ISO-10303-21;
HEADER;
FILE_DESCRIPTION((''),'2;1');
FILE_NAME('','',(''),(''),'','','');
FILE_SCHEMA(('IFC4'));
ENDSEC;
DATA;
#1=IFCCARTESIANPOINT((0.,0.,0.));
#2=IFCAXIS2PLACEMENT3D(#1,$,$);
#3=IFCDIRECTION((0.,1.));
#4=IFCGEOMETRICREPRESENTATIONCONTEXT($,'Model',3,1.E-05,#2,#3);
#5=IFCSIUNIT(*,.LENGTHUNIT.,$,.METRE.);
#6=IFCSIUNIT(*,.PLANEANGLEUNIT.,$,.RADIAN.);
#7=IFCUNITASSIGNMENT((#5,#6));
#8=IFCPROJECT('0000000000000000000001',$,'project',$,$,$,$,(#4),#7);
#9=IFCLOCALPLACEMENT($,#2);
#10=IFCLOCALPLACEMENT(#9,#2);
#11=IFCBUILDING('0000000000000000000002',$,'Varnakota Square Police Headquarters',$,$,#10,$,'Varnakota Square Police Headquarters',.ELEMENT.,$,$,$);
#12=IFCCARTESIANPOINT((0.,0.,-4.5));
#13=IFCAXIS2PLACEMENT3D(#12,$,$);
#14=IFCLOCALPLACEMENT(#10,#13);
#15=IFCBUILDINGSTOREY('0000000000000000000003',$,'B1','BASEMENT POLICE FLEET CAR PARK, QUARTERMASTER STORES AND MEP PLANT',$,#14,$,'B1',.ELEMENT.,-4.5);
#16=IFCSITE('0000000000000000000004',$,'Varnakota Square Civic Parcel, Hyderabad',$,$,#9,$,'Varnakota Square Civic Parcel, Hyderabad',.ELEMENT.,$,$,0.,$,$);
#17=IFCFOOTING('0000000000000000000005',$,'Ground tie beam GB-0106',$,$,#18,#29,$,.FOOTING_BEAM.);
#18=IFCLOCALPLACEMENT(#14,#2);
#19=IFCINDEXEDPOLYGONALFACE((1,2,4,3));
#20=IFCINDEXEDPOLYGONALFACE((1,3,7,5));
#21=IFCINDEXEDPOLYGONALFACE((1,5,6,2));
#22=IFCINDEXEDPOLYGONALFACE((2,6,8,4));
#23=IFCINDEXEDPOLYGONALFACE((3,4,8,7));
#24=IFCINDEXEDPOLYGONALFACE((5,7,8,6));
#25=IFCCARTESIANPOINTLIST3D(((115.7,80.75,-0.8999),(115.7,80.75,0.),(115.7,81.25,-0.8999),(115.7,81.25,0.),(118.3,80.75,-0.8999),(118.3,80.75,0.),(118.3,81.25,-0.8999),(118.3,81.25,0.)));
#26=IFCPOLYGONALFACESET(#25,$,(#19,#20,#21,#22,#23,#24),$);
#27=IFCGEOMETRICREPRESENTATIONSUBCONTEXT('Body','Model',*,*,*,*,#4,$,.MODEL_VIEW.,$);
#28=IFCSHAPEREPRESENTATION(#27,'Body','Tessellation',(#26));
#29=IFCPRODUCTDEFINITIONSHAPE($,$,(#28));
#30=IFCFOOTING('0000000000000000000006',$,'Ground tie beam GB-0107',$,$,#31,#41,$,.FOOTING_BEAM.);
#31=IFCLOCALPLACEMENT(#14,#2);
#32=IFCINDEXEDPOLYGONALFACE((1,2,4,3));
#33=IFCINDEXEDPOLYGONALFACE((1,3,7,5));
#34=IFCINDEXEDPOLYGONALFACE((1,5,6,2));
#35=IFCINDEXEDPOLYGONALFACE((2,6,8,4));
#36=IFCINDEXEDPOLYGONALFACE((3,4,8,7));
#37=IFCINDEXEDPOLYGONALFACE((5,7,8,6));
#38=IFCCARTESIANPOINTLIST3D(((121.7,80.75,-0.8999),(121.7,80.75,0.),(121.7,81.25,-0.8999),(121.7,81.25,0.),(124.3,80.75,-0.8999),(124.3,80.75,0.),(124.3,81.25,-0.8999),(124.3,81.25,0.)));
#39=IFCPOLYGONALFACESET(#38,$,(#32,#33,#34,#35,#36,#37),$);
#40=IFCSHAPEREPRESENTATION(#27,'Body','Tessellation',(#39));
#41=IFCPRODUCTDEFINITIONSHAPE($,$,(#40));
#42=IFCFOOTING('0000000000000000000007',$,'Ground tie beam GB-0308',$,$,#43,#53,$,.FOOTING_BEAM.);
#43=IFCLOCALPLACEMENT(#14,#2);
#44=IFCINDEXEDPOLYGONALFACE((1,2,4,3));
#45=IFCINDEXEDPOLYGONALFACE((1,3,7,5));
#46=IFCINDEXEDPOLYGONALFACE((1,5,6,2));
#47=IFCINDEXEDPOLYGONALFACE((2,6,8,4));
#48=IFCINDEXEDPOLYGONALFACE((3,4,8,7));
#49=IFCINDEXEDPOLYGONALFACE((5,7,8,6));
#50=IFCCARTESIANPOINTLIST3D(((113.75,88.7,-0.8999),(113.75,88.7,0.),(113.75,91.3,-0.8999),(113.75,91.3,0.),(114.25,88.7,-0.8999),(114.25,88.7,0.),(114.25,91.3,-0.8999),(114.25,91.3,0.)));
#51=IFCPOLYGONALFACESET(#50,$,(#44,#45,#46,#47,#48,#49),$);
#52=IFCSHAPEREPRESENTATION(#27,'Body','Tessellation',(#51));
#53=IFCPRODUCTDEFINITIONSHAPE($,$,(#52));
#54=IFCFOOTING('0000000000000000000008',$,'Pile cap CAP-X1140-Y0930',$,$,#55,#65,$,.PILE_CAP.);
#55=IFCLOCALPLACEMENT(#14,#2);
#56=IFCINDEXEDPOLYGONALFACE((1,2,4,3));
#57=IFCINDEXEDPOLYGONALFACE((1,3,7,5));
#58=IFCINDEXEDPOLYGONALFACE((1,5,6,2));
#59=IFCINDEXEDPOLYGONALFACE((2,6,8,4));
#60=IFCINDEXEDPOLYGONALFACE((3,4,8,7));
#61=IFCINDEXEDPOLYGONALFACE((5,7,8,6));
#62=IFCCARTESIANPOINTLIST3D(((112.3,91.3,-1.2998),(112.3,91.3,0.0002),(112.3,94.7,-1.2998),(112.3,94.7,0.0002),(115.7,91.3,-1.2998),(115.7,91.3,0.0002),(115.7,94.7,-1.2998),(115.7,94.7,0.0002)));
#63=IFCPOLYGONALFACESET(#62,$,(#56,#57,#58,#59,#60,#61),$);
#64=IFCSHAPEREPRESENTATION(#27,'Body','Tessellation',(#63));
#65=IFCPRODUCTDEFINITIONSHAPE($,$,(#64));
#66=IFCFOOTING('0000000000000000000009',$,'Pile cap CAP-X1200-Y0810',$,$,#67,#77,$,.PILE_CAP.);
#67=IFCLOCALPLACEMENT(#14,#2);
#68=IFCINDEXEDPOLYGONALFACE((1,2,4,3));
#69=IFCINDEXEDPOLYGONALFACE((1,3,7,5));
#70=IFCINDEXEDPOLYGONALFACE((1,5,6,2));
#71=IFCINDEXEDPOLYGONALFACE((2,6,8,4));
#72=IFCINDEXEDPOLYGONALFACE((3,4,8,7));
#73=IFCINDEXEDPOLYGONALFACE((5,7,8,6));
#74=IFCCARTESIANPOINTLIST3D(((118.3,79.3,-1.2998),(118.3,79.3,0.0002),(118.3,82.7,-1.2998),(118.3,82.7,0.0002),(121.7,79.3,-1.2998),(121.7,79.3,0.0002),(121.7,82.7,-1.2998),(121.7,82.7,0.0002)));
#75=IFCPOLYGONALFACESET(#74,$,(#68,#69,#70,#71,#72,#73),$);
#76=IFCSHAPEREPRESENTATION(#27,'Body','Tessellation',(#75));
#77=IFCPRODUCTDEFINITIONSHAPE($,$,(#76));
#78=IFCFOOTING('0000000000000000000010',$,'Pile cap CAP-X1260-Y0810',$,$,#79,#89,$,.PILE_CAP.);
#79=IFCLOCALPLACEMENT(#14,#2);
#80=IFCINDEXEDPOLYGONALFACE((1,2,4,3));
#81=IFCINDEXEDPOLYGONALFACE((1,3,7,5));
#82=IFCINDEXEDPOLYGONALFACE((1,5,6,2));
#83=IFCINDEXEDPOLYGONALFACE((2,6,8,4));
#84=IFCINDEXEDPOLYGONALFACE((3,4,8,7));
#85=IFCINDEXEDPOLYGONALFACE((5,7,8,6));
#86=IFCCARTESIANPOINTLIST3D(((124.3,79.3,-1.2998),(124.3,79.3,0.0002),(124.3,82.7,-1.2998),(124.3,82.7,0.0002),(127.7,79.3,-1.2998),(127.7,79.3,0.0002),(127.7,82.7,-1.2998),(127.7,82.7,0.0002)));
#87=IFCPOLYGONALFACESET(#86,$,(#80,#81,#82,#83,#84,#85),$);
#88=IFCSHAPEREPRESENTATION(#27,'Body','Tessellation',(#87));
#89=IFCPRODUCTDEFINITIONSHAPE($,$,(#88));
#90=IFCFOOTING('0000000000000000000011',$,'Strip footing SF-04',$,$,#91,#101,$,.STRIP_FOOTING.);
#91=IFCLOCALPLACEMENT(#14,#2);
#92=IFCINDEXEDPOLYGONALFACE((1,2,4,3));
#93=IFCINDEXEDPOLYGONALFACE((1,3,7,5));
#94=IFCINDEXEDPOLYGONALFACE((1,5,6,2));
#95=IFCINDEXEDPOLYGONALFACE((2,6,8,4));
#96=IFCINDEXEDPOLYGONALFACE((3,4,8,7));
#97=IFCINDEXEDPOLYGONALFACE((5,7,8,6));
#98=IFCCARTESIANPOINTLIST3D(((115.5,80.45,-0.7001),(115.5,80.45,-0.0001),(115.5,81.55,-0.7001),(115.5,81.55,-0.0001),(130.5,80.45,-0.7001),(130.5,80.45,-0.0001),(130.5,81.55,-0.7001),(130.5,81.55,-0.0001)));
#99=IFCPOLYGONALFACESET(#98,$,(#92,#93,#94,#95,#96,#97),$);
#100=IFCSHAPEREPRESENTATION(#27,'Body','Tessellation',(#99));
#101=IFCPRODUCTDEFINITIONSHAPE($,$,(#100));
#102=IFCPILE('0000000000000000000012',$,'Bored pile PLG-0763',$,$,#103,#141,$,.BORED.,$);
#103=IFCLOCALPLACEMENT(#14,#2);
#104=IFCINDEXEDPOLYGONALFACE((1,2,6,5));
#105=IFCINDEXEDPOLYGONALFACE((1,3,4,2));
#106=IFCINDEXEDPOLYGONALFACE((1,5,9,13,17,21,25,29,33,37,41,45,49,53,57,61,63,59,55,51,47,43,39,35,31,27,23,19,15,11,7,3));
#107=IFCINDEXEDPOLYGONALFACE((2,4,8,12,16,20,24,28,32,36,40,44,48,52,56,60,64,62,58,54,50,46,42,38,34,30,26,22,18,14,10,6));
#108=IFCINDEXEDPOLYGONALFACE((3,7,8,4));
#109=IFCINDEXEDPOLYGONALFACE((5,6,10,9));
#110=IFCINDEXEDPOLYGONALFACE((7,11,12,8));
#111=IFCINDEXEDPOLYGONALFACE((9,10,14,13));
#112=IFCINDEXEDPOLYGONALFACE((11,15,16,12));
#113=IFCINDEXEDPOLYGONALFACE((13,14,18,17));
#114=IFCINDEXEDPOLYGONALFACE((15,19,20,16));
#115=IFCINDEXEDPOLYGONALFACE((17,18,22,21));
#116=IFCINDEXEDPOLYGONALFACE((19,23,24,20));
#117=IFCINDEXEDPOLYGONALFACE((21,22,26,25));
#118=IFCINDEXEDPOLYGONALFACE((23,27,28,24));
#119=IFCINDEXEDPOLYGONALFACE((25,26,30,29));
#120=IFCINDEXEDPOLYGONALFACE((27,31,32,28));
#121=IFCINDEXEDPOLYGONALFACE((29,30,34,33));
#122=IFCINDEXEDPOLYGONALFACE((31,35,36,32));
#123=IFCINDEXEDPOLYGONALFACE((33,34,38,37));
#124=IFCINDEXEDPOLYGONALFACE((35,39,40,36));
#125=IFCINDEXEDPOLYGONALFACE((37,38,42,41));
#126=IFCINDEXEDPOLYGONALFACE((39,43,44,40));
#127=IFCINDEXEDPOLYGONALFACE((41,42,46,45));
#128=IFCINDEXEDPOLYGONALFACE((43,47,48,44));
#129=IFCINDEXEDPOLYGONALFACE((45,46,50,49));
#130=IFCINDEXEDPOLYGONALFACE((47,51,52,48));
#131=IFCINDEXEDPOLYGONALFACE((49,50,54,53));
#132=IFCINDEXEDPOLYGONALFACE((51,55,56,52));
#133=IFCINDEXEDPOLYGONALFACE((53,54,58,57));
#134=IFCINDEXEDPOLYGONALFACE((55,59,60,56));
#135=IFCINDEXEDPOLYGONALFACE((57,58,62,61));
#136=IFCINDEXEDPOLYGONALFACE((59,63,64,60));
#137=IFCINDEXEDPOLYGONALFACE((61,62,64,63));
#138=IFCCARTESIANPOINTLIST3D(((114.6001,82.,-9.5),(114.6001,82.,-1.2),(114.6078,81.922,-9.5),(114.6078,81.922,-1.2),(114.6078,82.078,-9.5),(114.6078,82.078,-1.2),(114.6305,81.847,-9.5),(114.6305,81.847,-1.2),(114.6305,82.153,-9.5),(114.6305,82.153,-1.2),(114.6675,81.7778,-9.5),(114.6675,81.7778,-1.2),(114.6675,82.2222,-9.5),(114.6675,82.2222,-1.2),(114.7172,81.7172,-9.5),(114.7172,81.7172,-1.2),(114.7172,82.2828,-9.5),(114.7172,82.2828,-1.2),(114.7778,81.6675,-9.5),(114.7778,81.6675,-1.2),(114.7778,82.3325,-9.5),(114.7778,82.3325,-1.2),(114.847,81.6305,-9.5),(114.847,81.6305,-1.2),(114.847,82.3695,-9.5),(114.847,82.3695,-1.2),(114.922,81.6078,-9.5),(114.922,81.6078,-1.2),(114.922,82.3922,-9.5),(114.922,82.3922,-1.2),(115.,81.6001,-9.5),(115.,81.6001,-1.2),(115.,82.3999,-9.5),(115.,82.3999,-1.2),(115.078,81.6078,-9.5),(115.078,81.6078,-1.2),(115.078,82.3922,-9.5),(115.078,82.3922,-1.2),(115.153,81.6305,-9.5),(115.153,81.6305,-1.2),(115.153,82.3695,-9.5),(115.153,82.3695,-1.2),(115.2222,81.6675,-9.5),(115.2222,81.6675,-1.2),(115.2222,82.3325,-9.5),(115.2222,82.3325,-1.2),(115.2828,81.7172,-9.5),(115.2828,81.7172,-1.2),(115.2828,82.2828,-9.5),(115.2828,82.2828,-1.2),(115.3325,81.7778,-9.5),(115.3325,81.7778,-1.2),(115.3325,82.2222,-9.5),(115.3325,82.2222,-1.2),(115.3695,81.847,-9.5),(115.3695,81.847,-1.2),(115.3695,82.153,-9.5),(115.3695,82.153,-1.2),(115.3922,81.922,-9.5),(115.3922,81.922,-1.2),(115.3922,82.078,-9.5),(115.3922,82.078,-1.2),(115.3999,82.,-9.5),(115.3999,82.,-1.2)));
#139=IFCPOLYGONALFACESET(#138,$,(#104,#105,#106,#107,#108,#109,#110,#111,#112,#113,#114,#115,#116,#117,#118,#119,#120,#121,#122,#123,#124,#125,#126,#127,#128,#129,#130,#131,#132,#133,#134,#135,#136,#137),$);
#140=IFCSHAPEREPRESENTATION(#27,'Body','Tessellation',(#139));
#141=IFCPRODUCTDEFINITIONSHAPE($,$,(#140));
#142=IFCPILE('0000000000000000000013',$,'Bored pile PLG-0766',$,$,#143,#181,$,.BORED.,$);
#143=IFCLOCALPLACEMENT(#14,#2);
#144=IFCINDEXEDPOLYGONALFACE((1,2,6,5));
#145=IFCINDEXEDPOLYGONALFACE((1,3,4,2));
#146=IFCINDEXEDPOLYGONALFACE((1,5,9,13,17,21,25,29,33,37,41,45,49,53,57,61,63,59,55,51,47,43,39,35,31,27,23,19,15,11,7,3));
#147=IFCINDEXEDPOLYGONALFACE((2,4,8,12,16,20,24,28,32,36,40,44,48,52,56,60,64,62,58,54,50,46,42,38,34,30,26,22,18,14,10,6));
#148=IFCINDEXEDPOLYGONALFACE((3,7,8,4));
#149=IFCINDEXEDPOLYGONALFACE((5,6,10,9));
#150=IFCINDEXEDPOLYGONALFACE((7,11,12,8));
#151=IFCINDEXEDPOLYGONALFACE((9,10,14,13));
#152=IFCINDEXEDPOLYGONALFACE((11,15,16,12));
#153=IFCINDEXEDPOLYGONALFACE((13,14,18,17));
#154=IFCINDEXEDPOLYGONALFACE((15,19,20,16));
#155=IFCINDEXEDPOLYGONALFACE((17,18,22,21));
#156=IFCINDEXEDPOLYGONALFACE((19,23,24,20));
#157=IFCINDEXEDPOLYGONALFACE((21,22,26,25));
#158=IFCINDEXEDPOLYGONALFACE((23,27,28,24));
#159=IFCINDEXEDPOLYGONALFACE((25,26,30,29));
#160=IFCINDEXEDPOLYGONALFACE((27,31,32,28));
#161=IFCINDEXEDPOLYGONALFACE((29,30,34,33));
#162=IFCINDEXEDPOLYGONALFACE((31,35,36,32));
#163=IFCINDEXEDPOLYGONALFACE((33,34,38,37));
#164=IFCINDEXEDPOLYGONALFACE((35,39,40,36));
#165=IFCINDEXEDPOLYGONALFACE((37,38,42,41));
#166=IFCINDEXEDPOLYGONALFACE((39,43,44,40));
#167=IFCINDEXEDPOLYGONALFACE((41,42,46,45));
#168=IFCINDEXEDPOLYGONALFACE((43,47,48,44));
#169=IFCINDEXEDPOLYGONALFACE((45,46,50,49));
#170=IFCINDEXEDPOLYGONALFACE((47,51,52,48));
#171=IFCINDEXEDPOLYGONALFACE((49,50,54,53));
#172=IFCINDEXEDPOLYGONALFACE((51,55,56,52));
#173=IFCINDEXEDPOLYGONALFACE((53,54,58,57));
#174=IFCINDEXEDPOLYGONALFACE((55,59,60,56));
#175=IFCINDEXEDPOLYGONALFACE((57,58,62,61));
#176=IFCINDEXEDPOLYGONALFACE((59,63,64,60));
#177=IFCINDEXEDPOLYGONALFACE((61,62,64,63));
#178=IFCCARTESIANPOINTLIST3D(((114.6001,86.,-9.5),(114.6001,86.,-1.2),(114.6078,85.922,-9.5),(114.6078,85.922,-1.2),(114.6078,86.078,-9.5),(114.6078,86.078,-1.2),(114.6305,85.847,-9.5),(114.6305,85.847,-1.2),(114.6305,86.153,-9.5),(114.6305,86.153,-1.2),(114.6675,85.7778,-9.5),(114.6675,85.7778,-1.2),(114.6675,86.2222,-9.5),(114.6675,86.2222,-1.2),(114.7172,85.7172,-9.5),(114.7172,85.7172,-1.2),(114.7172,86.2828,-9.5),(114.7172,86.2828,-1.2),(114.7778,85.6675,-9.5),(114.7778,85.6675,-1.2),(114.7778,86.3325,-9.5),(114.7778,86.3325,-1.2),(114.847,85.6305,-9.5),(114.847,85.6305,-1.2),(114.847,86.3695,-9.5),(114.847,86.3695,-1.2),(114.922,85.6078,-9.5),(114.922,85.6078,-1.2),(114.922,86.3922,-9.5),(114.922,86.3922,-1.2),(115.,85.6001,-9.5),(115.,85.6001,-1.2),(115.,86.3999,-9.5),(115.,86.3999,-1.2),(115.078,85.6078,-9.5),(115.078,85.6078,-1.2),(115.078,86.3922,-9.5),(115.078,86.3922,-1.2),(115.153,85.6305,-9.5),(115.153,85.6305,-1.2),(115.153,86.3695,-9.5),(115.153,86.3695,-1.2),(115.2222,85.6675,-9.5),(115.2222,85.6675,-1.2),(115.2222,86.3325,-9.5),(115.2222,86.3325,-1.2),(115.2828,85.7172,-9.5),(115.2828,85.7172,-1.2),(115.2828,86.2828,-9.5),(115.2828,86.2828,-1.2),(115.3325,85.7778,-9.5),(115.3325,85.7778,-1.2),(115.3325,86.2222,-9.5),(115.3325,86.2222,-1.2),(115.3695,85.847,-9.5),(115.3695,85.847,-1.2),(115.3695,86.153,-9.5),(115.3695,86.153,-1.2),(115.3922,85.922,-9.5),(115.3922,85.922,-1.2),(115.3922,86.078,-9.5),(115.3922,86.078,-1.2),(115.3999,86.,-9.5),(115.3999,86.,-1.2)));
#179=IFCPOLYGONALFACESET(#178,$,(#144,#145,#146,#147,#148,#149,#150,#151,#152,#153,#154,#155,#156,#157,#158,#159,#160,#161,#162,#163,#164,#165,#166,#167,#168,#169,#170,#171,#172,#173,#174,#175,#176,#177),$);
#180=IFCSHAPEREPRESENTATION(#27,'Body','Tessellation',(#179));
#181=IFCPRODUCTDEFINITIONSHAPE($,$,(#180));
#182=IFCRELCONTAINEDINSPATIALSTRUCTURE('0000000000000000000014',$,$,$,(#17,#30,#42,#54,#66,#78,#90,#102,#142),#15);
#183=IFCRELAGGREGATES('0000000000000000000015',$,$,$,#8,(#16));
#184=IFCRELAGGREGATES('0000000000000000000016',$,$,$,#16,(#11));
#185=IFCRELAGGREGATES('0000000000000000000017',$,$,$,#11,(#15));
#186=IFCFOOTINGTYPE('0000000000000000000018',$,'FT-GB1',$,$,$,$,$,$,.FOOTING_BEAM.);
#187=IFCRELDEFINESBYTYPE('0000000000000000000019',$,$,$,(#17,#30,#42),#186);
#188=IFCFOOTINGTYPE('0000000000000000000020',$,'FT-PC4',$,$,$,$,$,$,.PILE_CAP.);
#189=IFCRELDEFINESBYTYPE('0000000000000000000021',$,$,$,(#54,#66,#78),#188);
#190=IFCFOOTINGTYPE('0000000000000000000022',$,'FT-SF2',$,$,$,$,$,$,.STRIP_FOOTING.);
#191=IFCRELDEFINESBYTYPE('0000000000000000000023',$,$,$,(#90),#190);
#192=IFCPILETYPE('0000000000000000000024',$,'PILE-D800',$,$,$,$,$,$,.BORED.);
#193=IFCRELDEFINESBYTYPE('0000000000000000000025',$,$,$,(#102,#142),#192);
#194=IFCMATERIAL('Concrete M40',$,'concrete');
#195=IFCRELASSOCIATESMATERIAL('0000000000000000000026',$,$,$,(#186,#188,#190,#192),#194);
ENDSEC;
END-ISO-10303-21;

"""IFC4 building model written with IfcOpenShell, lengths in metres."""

from ifc_helpers import new_model, si_unit, direction, frame, origin, origin_2d, place, context, subcontext, project, spatial, rectangle, circle, extrude, material, material_profile, profile_set, type_object, element, save


model = new_model("IFC4")

# Units and contexts
model_context = context("Model", 3, precision=1e-05, world=origin(), true_north=direction((0.0, 1.0)))
body_context = subcontext(model_context, "Body", "Model", "MODEL_VIEW")
ifc_project = project(units=[si_unit("LENGTHUNIT", "METRE"), si_unit("PLANEANGLEUNIT", "RADIAN")], contexts=[model_context])

# Site, building, storey
site_placement = place(None, origin())
site = spatial("IfcSite", under=ifc_project, at=site_placement, Name="Varnakota Square Civic Parcel, Hyderabad", LongName="Varnakota Square Civic Parcel, Hyderabad", CompositionType="ELEMENT", RefElevation=0.0)
building_placement = place(site_placement, origin())
building = spatial("IfcBuilding", under=site, at=building_placement, Name="Varnakota Square Police Headquarters", LongName="Varnakota Square Police Headquarters", CompositionType="ELEMENT")
storey_placement = place(building_placement, frame((0.0, 0.0, -4.5)))
storey = spatial("IfcBuildingStorey", under=building, at=storey_placement, Name="B1", Description="BASEMENT POLICE FLEET CAR PARK, QUARTERMASTER STORES AND MEP PLANT", LongName="B1", CompositionType="ELEMENT", Elevation=-4.5)

# Footings
ifc_material_1 = material(Name="Concrete M40", Category="concrete")
ifc_material_profile_1 = material_profile(ifc_material_1, rectangle(XDim=0.5, YDim=0.8999, at=origin_2d()), Name="GB 500x900")
ifc_profile_set_1 = profile_set([ifc_material_profile_1], Name="Concrete M40")
footing_type_1 = type_object("IfcFootingType", Name="FT-GB1", PredefinedType="FOOTING_BEAM", material=ifc_profile_set_1)
for number, where, z_axis, x_axis, name in (
    (1, (115.7, 81.0, -0.45), (1.0, 0.0, 0.0), (0.0, 1.0, 0.0), "Ground tie beam GB-0106"),
    (2, (121.7, 81.0, -0.45), (1.0, 0.0, 0.0), (0.0, 1.0, 0.0), "Ground tie beam GB-0107"),
    (3, (114.0, 88.7, -0.45), (0.0, 1.0, 0.0), (-1.0, 0.0, 0.0), "Ground tie beam GB-0308"),
):
    element("IfcFooting", number, at=place(storey_placement, frame(where, z_axis=z_axis, x_axis=x_axis)), inside=storey, type_object=footing_type_1, Name=name, PredefinedType="FOOTING_BEAM", context=body_context, shape_type="SweptSolid", body=[
        extrude(rectangle(XDim=0.5, YDim=0.8999, at=origin_2d()), origin(), (0.0, 0.0, 1.0), 2.6001),
    ])
footing_type_2 = type_object("IfcFootingType", Name="FT-PC4", PredefinedType="PILE_CAP", material=ifc_material_1)
for number, where, z_axis, x_axis, name in (
    (4, (114.0, 93.0, -1.2998), (0.0, 0.0, 1.0), (1.0, 0.0, 0.0), "Pile cap CAP-X1140-Y0930"),
    (5, (120.0, 81.0, -1.2998), (0.0, 0.0, 1.0), (1.0, 0.0, 0.0), "Pile cap CAP-X1200-Y0810"),
    (6, (126.0, 81.0, -1.2998), (0.0, 0.0, 1.0), (1.0, 0.0, 0.0), "Pile cap CAP-X1260-Y0810"),
):
    element("IfcFooting", number, at=place(storey_placement, frame(where, z_axis=z_axis, x_axis=x_axis)), inside=storey, type_object=footing_type_2, Name=name, PredefinedType="PILE_CAP", context=body_context, shape_type="SweptSolid", body=[
        extrude(rectangle(XDim=3.3999, YDim=3.3999, at=origin_2d()), origin(), (0.0, 0.0, 1.0), 1.3),
    ])
ifc_material_profile_2 = material_profile(ifc_material_1, rectangle(XDim=1.1001, YDim=0.7, at=origin_2d()), Name="SF 1100x700")
ifc_profile_set_2 = profile_set([ifc_material_profile_2], Name="Concrete M40")
footing_type_3 = type_object("IfcFootingType", Name="FT-SF2", PredefinedType="STRIP_FOOTING", material=ifc_profile_set_2)
footing_placement = place(storey_placement, frame((115.5, 81.0, -0.3501), z_axis=(1.0, 0.0, 0.0), x_axis=(0.0, 1.0, 0.0)))
element("IfcFooting", 7, at=footing_placement, inside=storey, type_object=footing_type_3, Name="Strip footing SF-04", PredefinedType="STRIP_FOOTING", context=body_context, shape_type="SweptSolid", body=[
    extrude(rectangle(XDim=1.1001, YDim=0.7, at=origin_2d()), origin(), (0.0, 0.0, 1.0), 15.0),
])

# Piles
ifc_material_profile_3 = material_profile(ifc_material_1, circle(Radius=0.3999, at=origin_2d()), Name="BORED PILE 800")
ifc_profile_set_3 = profile_set([ifc_material_profile_3], Name="Concrete M40")
pile_type = type_object("IfcPileType", Name="PILE-D800", PredefinedType="BORED", material=ifc_profile_set_3)
for number, where, z_axis, x_axis, name in (
    (8, (115.0, 82.0, -1.2), (0.0, 0.0, -1.0), (1.0, 0.0, 0.0), "Bored pile PLG-0763"),
    (9, (115.0, 86.0, -1.2), (0.0, 0.0, -1.0), (1.0, 0.0, 0.0), "Bored pile PLG-0766"),
):
    element("IfcPile", number, at=place(storey_placement, frame(where, z_axis=z_axis, x_axis=x_axis)), inside=storey, type_object=pile_type, Name=name, PredefinedType="BORED", context=body_context, shape_type="SweptSolid", body=[
        extrude(circle(Radius=0.3999, at=origin_2d()), origin(), (0.0, 0.0, 1.0), 8.3),
    ])

save(model, "model.ifc")
